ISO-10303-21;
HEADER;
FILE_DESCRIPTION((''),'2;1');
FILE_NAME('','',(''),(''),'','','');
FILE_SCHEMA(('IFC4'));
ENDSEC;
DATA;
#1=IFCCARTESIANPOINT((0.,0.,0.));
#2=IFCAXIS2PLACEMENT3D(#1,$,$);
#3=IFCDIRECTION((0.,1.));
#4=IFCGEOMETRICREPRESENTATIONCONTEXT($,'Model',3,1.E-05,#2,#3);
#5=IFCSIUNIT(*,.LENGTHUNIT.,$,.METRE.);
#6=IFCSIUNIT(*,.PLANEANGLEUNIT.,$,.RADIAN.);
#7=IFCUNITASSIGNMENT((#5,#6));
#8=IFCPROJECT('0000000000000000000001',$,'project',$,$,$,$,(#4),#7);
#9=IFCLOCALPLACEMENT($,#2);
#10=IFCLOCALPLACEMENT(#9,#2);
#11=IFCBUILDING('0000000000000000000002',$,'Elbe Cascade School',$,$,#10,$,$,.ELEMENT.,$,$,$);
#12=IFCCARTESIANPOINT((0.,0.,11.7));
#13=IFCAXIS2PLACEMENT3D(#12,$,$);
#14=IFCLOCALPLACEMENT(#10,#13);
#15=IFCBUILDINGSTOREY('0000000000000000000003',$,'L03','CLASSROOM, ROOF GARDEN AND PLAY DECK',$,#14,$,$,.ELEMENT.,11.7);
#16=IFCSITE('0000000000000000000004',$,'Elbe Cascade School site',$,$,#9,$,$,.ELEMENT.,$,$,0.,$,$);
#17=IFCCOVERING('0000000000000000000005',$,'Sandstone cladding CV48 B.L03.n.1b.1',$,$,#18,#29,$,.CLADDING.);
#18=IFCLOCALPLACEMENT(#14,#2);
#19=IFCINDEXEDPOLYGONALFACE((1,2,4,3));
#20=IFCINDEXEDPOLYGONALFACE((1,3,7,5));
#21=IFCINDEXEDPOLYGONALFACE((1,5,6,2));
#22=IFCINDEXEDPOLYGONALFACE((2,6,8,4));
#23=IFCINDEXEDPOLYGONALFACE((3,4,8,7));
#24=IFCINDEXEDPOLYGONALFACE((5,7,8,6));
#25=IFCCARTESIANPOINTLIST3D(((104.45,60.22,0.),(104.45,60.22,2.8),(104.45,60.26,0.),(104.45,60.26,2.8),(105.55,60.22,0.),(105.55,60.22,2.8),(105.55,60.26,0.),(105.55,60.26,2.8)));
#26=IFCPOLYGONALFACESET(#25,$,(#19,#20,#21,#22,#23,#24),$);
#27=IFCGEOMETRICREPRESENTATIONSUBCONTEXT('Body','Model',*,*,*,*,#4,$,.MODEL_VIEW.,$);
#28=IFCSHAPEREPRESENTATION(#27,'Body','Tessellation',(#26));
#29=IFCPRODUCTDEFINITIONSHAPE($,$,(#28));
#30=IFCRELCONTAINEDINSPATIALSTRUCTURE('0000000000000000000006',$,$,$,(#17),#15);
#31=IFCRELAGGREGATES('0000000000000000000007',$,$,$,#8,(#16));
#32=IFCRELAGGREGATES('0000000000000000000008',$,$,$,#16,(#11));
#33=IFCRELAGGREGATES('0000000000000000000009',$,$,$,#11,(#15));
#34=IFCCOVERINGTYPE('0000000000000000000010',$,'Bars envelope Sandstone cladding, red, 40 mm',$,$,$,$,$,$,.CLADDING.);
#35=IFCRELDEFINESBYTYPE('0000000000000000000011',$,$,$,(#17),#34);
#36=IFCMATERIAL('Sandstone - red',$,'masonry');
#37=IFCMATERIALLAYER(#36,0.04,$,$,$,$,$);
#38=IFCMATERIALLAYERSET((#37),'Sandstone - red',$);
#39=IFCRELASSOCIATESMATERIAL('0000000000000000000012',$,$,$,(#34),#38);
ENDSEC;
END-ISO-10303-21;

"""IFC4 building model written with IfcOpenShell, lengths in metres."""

from ifc_helpers import new_model, si_unit, direction, frame, origin, origin_2d, place, context, subcontext, project, spatial, rectangle, extrude, material, layer, layer_set, type_object, element, save


model = new_model("IFC4")

# Units and contexts
model_context = context("Model", 3, precision=1e-05, world=origin(), true_north=direction((0.0, 1.0)))
body_context = subcontext(model_context, "Body", "Model", "MODEL_VIEW")
ifc_project = project(units=[si_unit("LENGTHUNIT", "METRE"), si_unit("PLANEANGLEUNIT", "RADIAN")], contexts=[model_context])

# Site, building, storey
site_placement = place(None, origin())
site = spatial("IfcSite", under=ifc_project, at=site_placement, Name="Elbe Cascade School site", CompositionType="ELEMENT", RefElevation=0.0)
building_placement = place(site_placement, origin())
building = spatial("IfcBuilding", under=site, at=building_placement, Name="Elbe Cascade School", CompositionType="ELEMENT")
storey_placement = place(building_placement, frame((0.0, 0.0, 11.7)))
storey = spatial("IfcBuildingStorey", under=building, at=storey_placement, Name="L03", Description="CLASSROOM, ROOF GARDEN AND PLAY DECK", CompositionType="ELEMENT", Elevation=11.7)

# Covering
ifc_material_1 = material(Name="Sandstone - red", Category="masonry")
ifc_layer_1 = layer(ifc_material_1, 0.04)
ifc_layer_set_1 = layer_set([ifc_layer_1], Name="Sandstone - red")
covering_type_1 = type_object("IfcCoveringType", Name="Bars envelope Sandstone cladding, red, 40 mm", PredefinedType="CLADDING", material=ifc_layer_set_1)
covering_1_placement = place(storey_placement, frame((105.0, 60.24, 0.0), z_axis=(0.0, 0.0, 1.0), x_axis=(1.0, 0.0, 0.0)))
element("IfcCovering", 1, at=covering_1_placement, inside=storey, type_object=covering_type_1, Name="Sandstone cladding CV48 B.L03.n.1b.1", PredefinedType="CLADDING", context=body_context, shape_type="SweptSolid", body=[
    extrude(rectangle(XDim=1.1001, YDim=0.04, at=origin_2d()), origin(), (0.0, 0.0, 1.0), 2.8),
])

save(model, "model.ifc")
